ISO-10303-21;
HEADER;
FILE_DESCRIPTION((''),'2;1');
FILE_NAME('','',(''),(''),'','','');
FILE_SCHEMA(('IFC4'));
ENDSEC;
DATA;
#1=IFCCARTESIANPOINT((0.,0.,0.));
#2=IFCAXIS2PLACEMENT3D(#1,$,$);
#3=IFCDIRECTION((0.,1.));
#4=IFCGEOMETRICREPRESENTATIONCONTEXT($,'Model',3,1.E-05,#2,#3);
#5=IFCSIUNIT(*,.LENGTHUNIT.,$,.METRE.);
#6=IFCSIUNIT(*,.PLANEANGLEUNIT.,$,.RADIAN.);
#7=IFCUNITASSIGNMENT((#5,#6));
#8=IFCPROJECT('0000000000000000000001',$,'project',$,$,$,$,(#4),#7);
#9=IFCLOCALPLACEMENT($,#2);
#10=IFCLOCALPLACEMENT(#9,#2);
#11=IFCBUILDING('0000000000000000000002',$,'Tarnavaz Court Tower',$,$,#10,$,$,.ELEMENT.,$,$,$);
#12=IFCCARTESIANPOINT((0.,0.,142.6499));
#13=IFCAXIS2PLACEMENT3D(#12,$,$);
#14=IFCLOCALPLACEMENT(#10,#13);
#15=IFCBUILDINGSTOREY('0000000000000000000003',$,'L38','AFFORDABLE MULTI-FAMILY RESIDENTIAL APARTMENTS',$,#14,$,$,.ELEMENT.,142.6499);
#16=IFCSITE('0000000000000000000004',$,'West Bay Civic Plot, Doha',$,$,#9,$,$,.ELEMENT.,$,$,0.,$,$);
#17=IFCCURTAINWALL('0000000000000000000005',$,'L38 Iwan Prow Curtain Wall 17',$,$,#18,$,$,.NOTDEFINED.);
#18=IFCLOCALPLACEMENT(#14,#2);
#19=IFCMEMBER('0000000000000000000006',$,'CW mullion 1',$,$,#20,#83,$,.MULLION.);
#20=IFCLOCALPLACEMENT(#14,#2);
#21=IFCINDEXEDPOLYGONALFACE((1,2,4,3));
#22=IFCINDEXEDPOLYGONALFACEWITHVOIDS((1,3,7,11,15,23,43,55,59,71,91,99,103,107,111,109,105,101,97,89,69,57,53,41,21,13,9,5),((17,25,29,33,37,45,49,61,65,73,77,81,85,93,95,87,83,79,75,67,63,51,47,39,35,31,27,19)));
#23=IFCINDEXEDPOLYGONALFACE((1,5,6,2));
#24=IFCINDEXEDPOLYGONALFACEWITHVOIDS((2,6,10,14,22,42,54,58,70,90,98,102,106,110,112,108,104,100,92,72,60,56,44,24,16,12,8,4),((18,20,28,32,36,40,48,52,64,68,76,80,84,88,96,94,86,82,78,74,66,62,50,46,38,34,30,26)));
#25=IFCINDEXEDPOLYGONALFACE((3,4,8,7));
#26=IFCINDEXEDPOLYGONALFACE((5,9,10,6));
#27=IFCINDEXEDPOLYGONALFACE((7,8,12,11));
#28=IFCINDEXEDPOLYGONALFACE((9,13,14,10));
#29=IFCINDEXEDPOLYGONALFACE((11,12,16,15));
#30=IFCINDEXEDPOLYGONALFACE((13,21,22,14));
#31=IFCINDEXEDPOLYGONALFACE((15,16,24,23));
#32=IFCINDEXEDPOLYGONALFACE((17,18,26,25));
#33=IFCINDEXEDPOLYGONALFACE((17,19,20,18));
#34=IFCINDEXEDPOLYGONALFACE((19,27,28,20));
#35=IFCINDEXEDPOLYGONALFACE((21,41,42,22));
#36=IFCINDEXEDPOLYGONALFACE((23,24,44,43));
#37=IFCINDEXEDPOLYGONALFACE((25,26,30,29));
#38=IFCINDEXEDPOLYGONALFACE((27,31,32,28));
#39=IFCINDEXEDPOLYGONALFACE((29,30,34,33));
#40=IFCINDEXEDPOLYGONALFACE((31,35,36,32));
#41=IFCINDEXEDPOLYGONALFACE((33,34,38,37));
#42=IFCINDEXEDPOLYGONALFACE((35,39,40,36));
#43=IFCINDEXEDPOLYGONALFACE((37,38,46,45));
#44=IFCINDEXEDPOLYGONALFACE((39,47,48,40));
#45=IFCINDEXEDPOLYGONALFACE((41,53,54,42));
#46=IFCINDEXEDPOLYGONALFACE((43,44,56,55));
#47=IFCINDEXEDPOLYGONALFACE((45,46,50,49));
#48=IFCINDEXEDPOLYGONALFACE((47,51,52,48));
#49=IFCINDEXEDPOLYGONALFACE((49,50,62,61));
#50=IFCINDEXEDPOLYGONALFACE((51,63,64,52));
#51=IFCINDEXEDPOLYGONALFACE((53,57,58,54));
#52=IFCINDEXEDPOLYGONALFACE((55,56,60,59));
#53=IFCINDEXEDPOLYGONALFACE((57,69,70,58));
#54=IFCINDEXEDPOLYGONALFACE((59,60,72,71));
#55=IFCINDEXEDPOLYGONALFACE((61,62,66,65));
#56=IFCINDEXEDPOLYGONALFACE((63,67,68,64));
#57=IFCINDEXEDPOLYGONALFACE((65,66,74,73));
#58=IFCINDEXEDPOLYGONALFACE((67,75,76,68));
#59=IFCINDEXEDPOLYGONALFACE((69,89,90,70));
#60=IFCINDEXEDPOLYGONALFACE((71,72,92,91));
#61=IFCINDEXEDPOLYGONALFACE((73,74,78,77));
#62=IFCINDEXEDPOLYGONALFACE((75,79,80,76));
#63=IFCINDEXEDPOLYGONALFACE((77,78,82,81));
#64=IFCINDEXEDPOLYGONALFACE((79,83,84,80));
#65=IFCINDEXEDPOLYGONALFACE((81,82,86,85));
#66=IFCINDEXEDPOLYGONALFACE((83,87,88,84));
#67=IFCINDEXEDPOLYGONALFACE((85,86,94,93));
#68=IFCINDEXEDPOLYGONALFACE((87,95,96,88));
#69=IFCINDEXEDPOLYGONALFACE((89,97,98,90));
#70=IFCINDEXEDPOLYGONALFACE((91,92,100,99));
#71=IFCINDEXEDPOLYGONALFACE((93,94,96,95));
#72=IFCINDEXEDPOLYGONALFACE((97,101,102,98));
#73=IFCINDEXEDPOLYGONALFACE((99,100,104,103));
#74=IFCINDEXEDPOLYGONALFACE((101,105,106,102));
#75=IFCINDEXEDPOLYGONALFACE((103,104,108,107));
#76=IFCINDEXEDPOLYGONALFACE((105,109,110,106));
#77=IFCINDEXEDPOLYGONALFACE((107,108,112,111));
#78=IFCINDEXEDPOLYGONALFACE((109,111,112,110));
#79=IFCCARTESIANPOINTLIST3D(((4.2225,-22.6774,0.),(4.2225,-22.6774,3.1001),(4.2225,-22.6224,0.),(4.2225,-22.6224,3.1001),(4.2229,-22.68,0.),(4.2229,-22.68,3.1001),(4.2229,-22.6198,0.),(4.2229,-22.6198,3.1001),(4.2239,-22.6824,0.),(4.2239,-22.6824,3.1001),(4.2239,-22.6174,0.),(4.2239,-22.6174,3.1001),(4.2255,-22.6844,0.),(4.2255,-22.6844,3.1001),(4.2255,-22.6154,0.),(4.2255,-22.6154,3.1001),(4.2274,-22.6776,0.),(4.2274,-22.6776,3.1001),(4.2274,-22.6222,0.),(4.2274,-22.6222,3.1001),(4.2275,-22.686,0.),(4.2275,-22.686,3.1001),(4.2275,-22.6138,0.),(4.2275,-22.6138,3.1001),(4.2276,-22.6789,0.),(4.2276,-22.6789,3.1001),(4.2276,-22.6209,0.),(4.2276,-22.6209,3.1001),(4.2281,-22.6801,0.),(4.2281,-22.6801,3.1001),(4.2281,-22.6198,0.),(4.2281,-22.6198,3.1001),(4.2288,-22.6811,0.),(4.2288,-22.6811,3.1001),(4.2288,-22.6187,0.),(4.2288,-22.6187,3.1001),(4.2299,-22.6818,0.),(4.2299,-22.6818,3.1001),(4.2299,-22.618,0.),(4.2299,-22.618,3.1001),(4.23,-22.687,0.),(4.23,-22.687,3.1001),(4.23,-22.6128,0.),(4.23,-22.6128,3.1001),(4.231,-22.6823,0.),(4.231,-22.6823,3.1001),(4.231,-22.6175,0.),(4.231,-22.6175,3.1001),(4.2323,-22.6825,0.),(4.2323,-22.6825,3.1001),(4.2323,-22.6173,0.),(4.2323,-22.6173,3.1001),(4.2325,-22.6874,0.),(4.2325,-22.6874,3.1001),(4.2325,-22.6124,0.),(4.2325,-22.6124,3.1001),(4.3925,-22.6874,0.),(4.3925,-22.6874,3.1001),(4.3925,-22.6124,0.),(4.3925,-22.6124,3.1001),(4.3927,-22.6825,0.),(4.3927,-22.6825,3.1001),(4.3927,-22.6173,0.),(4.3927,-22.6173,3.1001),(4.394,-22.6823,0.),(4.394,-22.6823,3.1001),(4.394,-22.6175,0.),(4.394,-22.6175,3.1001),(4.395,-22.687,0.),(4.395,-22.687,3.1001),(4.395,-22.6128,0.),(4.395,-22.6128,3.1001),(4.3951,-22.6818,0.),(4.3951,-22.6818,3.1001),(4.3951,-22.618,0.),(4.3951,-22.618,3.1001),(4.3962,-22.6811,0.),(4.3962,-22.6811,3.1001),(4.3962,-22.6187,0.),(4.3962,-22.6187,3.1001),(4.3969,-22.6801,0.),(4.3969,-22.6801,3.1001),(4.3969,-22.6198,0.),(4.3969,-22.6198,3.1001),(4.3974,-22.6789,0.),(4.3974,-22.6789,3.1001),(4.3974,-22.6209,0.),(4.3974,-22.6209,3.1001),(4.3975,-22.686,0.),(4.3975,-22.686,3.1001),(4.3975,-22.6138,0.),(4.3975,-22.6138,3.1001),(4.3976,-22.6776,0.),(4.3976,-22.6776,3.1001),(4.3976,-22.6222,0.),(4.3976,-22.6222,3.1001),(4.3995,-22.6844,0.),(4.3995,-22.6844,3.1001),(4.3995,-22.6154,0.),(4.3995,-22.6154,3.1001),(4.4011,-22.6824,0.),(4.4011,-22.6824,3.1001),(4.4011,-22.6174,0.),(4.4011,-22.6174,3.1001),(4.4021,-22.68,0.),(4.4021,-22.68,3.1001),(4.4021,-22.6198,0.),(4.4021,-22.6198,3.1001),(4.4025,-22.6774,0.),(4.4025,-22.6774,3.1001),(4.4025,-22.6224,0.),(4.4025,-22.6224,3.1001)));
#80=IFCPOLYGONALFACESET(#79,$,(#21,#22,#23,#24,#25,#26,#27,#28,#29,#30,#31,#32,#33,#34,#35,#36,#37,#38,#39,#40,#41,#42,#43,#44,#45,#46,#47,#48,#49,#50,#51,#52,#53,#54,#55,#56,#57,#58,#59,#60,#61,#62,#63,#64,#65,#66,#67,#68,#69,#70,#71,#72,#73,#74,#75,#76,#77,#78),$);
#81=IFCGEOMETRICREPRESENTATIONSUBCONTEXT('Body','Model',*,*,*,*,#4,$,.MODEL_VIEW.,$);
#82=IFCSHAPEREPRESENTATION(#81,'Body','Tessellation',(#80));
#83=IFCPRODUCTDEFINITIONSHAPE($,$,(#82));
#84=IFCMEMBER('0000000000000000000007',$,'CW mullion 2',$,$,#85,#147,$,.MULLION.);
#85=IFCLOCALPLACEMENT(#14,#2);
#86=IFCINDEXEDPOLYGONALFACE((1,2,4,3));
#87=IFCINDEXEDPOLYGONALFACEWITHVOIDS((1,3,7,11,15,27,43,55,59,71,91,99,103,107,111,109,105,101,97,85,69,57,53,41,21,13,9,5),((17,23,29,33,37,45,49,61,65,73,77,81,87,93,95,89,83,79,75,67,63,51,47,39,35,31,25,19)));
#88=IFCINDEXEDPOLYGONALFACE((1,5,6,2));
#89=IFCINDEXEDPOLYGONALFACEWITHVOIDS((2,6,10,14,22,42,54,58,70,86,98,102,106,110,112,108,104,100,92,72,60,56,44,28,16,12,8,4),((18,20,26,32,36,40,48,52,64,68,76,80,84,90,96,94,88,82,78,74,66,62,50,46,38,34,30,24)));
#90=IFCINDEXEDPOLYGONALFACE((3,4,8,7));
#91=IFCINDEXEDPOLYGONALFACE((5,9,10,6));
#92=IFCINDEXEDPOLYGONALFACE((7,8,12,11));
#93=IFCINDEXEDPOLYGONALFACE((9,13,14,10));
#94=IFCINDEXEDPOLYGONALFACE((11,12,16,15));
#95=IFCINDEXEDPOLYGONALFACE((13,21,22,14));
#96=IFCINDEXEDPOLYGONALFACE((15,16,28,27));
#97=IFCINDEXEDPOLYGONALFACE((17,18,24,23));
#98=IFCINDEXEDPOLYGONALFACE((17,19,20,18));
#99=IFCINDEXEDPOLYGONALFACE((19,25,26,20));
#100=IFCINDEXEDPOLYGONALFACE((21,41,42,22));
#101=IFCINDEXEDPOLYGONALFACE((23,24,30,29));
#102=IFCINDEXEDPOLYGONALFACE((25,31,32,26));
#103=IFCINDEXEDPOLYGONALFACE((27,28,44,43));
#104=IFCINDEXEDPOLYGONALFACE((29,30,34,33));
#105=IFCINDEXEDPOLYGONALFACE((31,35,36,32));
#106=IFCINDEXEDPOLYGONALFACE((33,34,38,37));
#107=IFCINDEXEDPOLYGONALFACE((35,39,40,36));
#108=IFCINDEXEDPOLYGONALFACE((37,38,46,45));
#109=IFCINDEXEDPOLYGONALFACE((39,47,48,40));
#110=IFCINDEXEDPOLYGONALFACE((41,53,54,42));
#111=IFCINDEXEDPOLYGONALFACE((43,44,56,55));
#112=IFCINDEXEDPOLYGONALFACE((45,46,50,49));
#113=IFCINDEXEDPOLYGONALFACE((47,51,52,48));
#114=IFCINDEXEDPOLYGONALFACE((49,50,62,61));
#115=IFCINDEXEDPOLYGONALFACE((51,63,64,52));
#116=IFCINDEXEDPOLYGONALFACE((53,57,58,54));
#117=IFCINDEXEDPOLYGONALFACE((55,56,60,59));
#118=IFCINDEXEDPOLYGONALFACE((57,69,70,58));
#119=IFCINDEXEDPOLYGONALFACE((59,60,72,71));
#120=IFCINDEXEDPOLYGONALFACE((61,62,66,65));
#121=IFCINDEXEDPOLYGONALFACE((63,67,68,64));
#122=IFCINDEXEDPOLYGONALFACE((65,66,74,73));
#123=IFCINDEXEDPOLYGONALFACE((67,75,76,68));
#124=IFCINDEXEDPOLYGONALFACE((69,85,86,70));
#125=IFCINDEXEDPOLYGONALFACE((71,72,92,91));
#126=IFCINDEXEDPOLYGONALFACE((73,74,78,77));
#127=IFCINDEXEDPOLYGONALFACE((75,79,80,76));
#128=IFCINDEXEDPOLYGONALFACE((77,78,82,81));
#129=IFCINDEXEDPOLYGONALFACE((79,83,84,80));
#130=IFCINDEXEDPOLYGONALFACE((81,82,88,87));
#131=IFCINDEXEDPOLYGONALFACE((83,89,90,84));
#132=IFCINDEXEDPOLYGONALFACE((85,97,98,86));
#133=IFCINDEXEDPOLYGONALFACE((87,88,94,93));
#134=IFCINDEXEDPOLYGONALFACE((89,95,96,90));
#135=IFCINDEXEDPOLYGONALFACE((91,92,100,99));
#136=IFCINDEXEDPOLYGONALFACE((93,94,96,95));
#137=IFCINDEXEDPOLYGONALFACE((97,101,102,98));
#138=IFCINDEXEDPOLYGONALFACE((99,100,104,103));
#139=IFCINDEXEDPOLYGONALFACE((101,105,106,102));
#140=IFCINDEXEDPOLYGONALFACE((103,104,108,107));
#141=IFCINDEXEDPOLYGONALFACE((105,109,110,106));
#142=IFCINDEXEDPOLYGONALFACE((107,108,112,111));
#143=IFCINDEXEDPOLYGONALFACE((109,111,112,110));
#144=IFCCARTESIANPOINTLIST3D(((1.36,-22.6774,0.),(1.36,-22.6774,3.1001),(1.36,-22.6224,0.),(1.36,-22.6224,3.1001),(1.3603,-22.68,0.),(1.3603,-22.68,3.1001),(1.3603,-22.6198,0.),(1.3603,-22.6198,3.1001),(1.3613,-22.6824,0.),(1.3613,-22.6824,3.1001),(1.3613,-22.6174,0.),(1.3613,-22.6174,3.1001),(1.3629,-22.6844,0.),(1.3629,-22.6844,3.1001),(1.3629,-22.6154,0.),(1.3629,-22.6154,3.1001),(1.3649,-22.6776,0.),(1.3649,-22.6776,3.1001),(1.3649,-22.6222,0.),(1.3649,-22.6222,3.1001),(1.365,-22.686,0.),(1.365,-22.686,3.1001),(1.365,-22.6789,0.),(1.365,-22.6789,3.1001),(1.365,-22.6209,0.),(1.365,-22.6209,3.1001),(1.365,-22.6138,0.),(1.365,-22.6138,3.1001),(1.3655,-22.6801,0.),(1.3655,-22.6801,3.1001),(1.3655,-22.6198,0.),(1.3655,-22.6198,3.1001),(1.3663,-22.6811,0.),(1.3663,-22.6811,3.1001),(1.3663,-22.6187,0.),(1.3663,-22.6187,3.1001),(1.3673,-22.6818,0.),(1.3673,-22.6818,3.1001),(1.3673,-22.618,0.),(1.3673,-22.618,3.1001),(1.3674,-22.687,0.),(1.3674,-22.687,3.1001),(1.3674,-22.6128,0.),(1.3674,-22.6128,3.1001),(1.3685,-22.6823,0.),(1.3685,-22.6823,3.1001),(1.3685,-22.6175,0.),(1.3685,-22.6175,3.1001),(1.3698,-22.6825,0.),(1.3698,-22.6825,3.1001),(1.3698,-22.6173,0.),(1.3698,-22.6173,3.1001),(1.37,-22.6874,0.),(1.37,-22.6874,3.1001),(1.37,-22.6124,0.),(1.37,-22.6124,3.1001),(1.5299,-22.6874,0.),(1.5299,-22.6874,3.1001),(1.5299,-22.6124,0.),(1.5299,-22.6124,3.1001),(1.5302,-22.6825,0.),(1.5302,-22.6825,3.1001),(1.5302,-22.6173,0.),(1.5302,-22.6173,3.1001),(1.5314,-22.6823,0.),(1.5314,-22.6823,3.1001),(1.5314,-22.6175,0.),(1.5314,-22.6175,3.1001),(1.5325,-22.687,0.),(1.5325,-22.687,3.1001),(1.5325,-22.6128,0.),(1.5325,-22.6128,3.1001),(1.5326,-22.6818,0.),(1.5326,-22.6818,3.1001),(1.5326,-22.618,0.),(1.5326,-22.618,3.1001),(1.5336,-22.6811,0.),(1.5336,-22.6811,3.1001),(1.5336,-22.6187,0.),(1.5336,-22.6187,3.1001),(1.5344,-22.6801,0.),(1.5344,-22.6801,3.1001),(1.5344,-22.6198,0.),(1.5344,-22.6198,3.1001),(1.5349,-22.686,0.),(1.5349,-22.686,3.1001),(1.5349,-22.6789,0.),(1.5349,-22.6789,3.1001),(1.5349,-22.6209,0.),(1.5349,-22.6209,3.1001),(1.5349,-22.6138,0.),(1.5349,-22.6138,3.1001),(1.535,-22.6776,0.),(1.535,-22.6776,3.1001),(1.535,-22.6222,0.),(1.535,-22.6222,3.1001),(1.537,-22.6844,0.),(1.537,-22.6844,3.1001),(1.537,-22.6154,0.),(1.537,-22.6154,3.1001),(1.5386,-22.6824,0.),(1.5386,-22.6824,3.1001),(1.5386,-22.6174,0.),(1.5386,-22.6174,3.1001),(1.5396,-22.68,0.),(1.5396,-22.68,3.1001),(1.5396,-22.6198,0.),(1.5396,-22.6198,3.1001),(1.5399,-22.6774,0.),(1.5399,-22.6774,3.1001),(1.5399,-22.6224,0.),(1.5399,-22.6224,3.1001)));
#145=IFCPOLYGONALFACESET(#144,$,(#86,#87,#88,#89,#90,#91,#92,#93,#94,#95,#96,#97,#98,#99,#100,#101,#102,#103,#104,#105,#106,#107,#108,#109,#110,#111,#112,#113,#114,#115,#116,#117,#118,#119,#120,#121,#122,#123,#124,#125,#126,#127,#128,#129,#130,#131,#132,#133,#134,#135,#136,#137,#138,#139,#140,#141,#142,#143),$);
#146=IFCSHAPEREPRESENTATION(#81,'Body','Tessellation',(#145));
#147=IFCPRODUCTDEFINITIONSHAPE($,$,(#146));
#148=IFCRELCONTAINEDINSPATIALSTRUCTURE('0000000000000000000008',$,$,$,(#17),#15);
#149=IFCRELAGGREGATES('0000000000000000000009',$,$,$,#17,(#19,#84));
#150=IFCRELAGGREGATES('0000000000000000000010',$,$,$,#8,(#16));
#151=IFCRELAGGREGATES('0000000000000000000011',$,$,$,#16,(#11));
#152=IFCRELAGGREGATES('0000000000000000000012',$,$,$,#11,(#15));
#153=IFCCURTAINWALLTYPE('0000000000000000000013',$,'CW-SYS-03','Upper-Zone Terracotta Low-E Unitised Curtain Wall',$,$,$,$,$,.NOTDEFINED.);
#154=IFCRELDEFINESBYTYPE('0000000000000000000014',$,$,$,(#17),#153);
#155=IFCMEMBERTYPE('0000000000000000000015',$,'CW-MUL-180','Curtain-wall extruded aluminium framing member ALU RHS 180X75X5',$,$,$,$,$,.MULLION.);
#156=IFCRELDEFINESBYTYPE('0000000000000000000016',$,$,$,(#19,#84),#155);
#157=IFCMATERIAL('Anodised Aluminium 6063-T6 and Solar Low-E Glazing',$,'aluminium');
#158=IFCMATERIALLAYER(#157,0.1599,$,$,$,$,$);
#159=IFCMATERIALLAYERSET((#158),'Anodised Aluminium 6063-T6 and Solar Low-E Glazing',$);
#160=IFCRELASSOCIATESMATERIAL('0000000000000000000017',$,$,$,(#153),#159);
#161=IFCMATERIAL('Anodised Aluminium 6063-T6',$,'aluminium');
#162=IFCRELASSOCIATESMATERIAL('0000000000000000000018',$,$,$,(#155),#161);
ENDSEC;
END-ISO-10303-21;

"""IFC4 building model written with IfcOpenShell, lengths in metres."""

from ifc_helpers import new_model, si_unit, direction, frame, origin, origin_2d, place, context, subcontext, project, spatial, hollow_rectangle, extrude, material, layer, layer_set, material_profile, profile_set, type_object, element, aggregate, save


model = new_model("IFC4")

# Units and contexts
model_context = context("Model", 3, precision=1e-05, world=origin(), true_north=direction((0.0, 1.0)))
body_context = subcontext(model_context, "Body", "Model", "MODEL_VIEW")
ifc_project = project(units=[si_unit("LENGTHUNIT", "METRE"), si_unit("PLANEANGLEUNIT", "RADIAN")], contexts=[model_context])

# Site, building, storey
site_placement = place(None, origin())
site = spatial("IfcSite", under=ifc_project, at=site_placement, Name="West Bay Civic Plot, Doha", CompositionType="ELEMENT", RefElevation=0.0)
building_placement = place(site_placement, origin())
building = spatial("IfcBuilding", under=site, at=building_placement, Name="Tarnavaz Court Tower", CompositionType="ELEMENT")
storey_placement = place(building_placement, frame((0.0, 0.0, 142.6499)))
storey = spatial("IfcBuildingStorey", under=building, at=storey_placement, Name="L38", Description="AFFORDABLE MULTI-FAMILY RESIDENTIAL APARTMENTS", CompositionType="ELEMENT", Elevation=142.6499)

# Curtain wall, members
ifc_material_1 = material(Name="Anodised Aluminium 6063-T6 and Solar Low-E Glazing", Category="aluminium")
ifc_layer_1 = layer(ifc_material_1, 0.1599)
ifc_layer_set_1 = layer_set([ifc_layer_1], Name="Anodised Aluminium 6063-T6 and Solar Low-E Glazing")
curtain_wall_type = type_object("IfcCurtainWallType", Name="CW-SYS-03", Description="Upper-Zone Terracotta Low-E Unitised Curtain Wall", PredefinedType="NOTDEFINED", material=ifc_layer_set_1)
curtain_wall_placement = place(storey_placement, origin())
curtain_wall = element("IfcCurtainWall", 1, at=curtain_wall_placement, inside=storey, type_object=curtain_wall_type, Name="L38 Iwan Prow Curtain Wall 17", PredefinedType="NOTDEFINED")
ifc_material_2 = material(Name="Anodised Aluminium 6063-T6", Category="aluminium")
ifc_material_profile_1 = material_profile(ifc_material_2, hollow_rectangle(XDim=0.075, YDim=0.1799, WallThickness=0.0049, InnerFilletRadius=0.0049, OuterFilletRadius=0.01, at=origin_2d()), Name="ALU RHS 180X75X5")
ifc_profile_set_1 = profile_set([ifc_material_profile_1], Name="Anodised Aluminium 6063-T6")
member_type_1 = type_object("IfcMemberType", Name="CW-MUL-180", Description="Curtain-wall extruded aluminium framing member ALU RHS 180X75X5", PredefinedType="MULLION", material=ifc_profile_set_1)
member_1_placement = place(storey_placement, frame((4.3125, -22.6499, 0.0), z_axis=(0.0, 0.0, 1.0), x_axis=(0.0, -1.0, 0.0)))
member_1 = element("IfcMember", 2, at=member_1_placement, type_object=member_type_1, Name="CW mullion 1", PredefinedType="MULLION", context=body_context, shape_type="SweptSolid", body=[
    extrude(hollow_rectangle(XDim=0.075, YDim=0.1799, WallThickness=0.0049, InnerFilletRadius=0.0049, OuterFilletRadius=0.01, at=origin_2d()), origin(), (0.0, 0.0, 1.0), 3.1001),
])
member_2_placement = place(storey_placement, frame((1.45, -22.6499, 0.0), z_axis=(0.0, 0.0, 1.0), x_axis=(0.0, -1.0, 0.0)))
member_2 = element("IfcMember", 3, at=member_2_placement, type_object=member_type_1, Name="CW mullion 2", PredefinedType="MULLION", context=body_context, shape_type="SweptSolid", body=[
    extrude(hollow_rectangle(XDim=0.075, YDim=0.1799, WallThickness=0.0049, InnerFilletRadius=0.0049, OuterFilletRadius=0.01, at=origin_2d()), origin(), (0.0, 0.0, 1.0), 3.1001),
])
aggregate(curtain_wall, [member_1, member_2])

save(model, "model.ifc")
